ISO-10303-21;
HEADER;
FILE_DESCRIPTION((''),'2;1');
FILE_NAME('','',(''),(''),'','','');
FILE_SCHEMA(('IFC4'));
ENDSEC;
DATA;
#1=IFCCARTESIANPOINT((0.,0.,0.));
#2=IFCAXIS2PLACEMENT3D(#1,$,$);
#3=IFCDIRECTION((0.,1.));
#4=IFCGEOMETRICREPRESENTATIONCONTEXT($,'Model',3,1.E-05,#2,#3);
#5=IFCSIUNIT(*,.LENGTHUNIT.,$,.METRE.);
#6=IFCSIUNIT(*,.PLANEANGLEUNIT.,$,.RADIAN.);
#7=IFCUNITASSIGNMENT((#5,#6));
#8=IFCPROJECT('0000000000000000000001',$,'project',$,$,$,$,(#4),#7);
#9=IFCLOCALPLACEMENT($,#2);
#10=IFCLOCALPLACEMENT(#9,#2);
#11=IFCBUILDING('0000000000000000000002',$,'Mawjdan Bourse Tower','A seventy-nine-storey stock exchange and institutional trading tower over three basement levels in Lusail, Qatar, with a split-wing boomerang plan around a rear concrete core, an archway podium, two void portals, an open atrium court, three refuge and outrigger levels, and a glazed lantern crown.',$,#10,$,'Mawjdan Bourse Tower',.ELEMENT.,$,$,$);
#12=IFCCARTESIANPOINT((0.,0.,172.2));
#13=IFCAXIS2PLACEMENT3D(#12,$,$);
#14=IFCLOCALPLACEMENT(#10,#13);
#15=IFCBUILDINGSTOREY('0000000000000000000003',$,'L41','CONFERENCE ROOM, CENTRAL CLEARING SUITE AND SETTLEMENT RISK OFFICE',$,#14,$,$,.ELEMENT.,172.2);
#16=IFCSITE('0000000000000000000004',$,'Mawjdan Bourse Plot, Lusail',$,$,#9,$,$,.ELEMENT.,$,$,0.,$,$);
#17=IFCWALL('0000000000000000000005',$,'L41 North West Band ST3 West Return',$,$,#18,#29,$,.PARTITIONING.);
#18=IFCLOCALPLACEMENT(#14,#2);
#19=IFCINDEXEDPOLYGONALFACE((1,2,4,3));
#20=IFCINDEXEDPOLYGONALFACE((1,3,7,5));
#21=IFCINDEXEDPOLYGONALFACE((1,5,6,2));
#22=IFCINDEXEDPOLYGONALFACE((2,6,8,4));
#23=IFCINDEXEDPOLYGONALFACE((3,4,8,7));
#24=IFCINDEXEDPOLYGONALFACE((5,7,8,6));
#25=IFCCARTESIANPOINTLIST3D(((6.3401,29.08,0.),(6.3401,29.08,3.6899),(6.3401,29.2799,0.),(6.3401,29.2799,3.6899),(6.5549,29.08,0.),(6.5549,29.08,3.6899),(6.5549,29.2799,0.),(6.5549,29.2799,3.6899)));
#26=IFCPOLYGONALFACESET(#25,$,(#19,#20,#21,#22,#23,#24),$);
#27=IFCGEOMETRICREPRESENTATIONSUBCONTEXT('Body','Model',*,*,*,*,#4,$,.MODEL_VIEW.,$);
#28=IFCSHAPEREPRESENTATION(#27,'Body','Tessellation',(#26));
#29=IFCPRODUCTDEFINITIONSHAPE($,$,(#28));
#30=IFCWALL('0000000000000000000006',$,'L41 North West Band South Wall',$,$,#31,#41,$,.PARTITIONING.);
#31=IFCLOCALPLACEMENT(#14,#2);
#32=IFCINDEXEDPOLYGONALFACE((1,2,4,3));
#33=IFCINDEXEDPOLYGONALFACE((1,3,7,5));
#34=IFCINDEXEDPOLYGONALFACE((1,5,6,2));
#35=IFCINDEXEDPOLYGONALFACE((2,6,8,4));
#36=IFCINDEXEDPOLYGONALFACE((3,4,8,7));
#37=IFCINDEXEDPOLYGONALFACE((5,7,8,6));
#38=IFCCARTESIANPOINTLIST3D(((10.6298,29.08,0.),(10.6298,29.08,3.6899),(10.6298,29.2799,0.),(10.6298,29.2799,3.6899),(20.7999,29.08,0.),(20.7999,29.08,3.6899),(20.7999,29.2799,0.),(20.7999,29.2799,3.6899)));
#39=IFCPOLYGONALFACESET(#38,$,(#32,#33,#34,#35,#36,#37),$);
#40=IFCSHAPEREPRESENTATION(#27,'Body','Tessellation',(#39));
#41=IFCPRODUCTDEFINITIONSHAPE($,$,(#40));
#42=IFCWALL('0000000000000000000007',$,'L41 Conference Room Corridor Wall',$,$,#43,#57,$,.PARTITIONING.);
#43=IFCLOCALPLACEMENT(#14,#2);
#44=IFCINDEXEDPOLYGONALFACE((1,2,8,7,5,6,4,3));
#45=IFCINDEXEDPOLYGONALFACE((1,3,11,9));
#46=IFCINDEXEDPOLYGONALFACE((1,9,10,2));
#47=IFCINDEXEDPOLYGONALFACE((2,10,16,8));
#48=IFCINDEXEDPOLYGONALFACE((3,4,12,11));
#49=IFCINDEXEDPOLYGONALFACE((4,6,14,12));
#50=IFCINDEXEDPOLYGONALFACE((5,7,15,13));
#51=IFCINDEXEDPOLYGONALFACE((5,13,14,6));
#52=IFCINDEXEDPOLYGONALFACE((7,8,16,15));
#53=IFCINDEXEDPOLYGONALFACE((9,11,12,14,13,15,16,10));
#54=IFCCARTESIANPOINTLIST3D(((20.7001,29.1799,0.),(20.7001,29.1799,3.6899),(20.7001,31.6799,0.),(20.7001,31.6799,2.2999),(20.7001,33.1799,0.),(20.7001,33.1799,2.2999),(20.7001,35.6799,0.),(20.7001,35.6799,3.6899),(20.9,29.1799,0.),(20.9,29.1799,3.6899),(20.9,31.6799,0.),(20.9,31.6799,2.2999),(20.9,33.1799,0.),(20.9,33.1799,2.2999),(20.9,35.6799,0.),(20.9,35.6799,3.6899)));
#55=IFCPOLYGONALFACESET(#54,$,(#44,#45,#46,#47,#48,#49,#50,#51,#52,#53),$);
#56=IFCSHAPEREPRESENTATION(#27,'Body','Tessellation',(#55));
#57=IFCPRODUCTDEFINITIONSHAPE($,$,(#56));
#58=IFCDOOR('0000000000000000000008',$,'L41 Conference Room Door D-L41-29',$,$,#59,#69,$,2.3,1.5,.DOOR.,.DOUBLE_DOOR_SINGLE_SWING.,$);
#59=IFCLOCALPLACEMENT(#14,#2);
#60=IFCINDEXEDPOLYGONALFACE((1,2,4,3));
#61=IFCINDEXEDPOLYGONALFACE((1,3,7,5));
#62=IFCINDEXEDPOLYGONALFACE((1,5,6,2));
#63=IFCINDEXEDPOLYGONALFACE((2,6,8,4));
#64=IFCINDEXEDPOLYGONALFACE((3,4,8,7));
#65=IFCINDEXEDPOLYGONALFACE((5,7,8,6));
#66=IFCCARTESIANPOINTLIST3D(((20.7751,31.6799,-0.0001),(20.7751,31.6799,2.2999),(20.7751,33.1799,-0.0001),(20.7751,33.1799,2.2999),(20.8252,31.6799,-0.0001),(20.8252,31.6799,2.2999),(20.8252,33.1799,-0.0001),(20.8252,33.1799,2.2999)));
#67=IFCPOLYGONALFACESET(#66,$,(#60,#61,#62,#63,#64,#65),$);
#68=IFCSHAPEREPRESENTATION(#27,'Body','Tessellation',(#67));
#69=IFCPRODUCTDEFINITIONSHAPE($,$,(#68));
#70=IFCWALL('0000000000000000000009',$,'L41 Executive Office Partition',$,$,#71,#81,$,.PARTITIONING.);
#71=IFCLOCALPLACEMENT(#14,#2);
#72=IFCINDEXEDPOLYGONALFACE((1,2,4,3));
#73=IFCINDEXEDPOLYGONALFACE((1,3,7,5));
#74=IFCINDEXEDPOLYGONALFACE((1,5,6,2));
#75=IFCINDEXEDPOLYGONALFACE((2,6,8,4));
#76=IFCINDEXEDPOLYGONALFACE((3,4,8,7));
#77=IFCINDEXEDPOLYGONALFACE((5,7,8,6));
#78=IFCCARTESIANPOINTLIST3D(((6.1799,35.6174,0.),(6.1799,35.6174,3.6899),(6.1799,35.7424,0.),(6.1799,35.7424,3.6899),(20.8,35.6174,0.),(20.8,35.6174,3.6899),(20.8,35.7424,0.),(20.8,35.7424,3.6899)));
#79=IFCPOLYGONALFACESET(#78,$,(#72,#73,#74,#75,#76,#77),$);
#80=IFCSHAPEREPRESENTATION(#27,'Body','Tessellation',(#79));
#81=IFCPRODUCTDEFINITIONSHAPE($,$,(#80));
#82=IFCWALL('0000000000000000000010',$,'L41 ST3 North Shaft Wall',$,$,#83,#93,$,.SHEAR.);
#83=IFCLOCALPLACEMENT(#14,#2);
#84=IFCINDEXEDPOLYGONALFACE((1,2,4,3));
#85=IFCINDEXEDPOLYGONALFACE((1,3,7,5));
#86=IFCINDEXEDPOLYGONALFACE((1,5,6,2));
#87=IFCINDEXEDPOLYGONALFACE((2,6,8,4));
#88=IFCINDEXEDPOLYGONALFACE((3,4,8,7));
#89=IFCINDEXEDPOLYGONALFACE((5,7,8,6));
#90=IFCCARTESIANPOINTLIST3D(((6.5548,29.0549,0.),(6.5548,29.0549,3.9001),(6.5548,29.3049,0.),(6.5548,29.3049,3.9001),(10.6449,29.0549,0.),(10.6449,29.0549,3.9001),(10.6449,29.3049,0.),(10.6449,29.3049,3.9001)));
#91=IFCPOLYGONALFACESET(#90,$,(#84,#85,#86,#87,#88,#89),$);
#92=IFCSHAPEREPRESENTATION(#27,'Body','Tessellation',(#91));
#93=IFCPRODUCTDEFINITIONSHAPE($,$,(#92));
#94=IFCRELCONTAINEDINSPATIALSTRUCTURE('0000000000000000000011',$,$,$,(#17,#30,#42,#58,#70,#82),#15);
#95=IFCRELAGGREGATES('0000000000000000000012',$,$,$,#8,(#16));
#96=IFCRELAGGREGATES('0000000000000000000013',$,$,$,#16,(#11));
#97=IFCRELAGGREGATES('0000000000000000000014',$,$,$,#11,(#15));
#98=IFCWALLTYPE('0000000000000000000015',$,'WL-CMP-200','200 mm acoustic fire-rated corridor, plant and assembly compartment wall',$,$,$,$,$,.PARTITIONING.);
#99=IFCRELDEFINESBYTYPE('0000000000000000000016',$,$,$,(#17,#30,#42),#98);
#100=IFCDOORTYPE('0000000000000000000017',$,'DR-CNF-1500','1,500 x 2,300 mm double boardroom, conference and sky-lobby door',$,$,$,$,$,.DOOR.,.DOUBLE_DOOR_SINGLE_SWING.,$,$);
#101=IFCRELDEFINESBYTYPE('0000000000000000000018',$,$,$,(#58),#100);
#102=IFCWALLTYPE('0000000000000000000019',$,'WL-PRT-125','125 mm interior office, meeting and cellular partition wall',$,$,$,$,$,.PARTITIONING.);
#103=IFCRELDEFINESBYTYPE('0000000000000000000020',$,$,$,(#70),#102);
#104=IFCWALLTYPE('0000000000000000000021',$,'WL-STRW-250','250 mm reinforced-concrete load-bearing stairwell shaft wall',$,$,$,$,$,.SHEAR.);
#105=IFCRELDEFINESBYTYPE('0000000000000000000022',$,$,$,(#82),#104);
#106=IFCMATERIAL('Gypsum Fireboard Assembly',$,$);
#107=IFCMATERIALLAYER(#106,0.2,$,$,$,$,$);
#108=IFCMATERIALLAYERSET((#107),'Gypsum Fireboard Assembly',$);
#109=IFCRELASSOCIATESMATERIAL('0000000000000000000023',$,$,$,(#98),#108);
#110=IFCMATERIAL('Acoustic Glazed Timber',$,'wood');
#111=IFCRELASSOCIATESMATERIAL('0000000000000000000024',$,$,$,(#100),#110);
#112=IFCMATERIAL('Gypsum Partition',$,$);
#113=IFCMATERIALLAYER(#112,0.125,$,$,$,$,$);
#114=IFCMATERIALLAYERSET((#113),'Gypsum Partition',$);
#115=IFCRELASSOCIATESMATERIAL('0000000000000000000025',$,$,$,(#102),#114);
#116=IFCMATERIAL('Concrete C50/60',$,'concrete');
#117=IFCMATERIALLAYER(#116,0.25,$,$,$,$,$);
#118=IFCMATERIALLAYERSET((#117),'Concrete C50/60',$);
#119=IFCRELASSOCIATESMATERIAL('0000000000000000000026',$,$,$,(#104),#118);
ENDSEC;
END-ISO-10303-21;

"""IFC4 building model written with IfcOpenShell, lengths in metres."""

from ifc_helpers import new_model, si_unit, direction, frame, frame_2d, origin, place, context, subcontext, project, spatial, rectangle, extrude, material, layer, layer_set, type_object, element, fill, save


model = new_model("IFC4")

# Units and contexts
model_context = context("Model", 3, precision=1e-05, world=origin(), true_north=direction((0.0, 1.0)))
body_context = subcontext(model_context, "Body", "Model", "MODEL_VIEW")
ifc_project = project(units=[si_unit("LENGTHUNIT", "METRE"), si_unit("PLANEANGLEUNIT", "RADIAN")], contexts=[model_context])

# Site, building, storey
site_placement = place(None, origin())
site = spatial("IfcSite", under=ifc_project, at=site_placement, Name="Mawjdan Bourse Plot, Lusail", CompositionType="ELEMENT", RefElevation=0.0)
building_placement = place(site_placement, origin())
building = spatial("IfcBuilding", under=site, at=building_placement, Name="Mawjdan Bourse Tower", Description="A seventy-nine-storey stock exchange and institutional trading tower over three basement levels in Lusail, Qatar, with a split-wing boomerang plan around a rear concrete core, an archway podium, two void portals, an open atrium court, three refuge and outrigger levels, and a glazed lantern crown.", LongName="Mawjdan Bourse Tower", CompositionType="ELEMENT")
storey_placement = place(building_placement, frame((0.0, 0.0, 172.2)))
storey = spatial("IfcBuildingStorey", under=building, at=storey_placement, Name="L41", Description="CONFERENCE ROOM, CENTRAL CLEARING SUITE AND SETTLEMENT RISK OFFICE", CompositionType="ELEMENT", Elevation=172.2)

# Walls
ifc_material_1 = material(Name="Gypsum Fireboard Assembly")
ifc_layer_1 = layer(ifc_material_1, 0.2)
ifc_layer_set_1 = layer_set([ifc_layer_1], Name="Gypsum Fireboard Assembly")
wall_type_1 = type_object("IfcWallType", Name="WL-CMP-200", Description="200 mm acoustic fire-rated corridor, plant and assembly compartment wall", PredefinedType="PARTITIONING", material=ifc_layer_set_1)
wall_1_placement = place(storey_placement, frame((6.3401, 29.1799, 0.0), z_axis=(0.0, 0.0, 1.0), x_axis=(1.0, 0.0, 0.0)))
element("IfcWall", 1, at=wall_1_placement, inside=storey, type_object=wall_type_1, Name="L41 North West Band ST3 West Return", PredefinedType="PARTITIONING", context=body_context, shape_type="SweptSolid", body=[
    extrude(rectangle(XDim=0.2148, YDim=0.2, at=frame_2d((0.1074, 0.0))), origin(), (0.0, 0.0, 1.0), 3.6899),
])
wall_2_placement = place(storey_placement, frame((10.6299, 29.1799, 0.0), z_axis=(0.0, 0.0, 1.0), x_axis=(1.0, 0.0, 0.0)))
element("IfcWall", 2, at=wall_2_placement, inside=storey, type_object=wall_type_1, Name="L41 North West Band South Wall", PredefinedType="PARTITIONING", context=body_context, shape_type="SweptSolid", body=[
    extrude(rectangle(XDim=10.1702, YDim=0.2, at=frame_2d((5.085, 0.0))), origin(), (0.0, 0.0, 1.0), 3.6899),
])

# Wall, opening, door
wall_3_placement = place(storey_placement, frame((20.8, 29.1799, 0.0), z_axis=(0.0, 0.0, 1.0), x_axis=(0.0, 1.0, 0.0)))
wall_3 = element("IfcWall", 3, at=wall_3_placement, inside=storey, type_object=wall_type_1, Name="L41 Conference Room Corridor Wall", PredefinedType="PARTITIONING", context=body_context, shape_type="SweptSolid", body=[
    extrude(rectangle(XDim=6.5, YDim=0.2, at=frame_2d((3.25, 0.0))), origin(), (0.0, 0.0, 1.0), 3.6899),
])
opening_1_placement = place(wall_3_placement, frame((2.5, 0.0, 0.0)))
opening_1 = element("IfcOpeningElement", 4, at=opening_1_placement, cuts=wall_3, PredefinedType="OPENING", context=body_context, shape_type="SweptSolid", body=[
    extrude(rectangle(XDim=1.5, YDim=2.3, at=frame_2d((0.75, 1.1499))), frame((0.0, 0.1099, 0.0), z_axis=(0.0, -1.0, 0.0), x_axis=(1.0, 0.0, 0.0)), (0.0, 0.0, 1.0), 0.22),
])
ifc_material_2 = material(Name="Acoustic Glazed Timber", Category="wood")
door_type_1 = type_object("IfcDoorType", Name="DR-CNF-1500", Description="1,500 x 2,300 mm double boardroom, conference and sky-lobby door", OperationType="DOUBLE_DOOR_SINGLE_SWING", PredefinedType="DOOR", material=ifc_material_2)
door_1_placement = place(opening_1_placement, origin())
door_1 = element("IfcDoor", 5, at=door_1_placement, inside=storey, type_object=door_type_1, Name="L41 Conference Room Door D-L41-29", OperationType="DOUBLE_DOOR_SINGLE_SWING", OverallHeight=2.3, OverallWidth=1.5, PredefinedType="DOOR", context=body_context, shape_type="SweptSolid", body=[
    extrude(rectangle(XDim=1.5, YDim=2.3, at=frame_2d((0.75, 1.1499))), frame((0.0, 0.0249, 0.0), z_axis=(0.0, -1.0, 0.0), x_axis=(1.0, 0.0, 0.0)), (0.0, 0.0, 1.0), 0.05),
])
fill(opening_1, door_1)

# Walls
ifc_material_3 = material(Name="Gypsum Partition")
ifc_layer_2 = layer(ifc_material_3, 0.125)
ifc_layer_set_2 = layer_set([ifc_layer_2], Name="Gypsum Partition")
wall_type_2 = type_object("IfcWallType", Name="WL-PRT-125", Description="125 mm interior office, meeting and cellular partition wall", PredefinedType="PARTITIONING", material=ifc_layer_set_2)
wall_4_placement = place(storey_placement, frame((6.1799, 35.6799, 0.0), z_axis=(0.0, 0.0, 1.0), x_axis=(1.0, 0.0, 0.0)))
element("IfcWall", 6, at=wall_4_placement, inside=storey, type_object=wall_type_2, Name="L41 Executive Office Partition", PredefinedType="PARTITIONING", context=body_context, shape_type="SweptSolid", body=[
    extrude(rectangle(XDim=14.6201, YDim=0.125, at=frame_2d((7.3101, 0.0))), origin(), (0.0, 0.0, 1.0), 3.6899),
])
ifc_material_4 = material(Name="Concrete C50/60", Category="concrete")
ifc_layer_3 = layer(ifc_material_4, 0.25)
ifc_layer_set_3 = layer_set([ifc_layer_3], Name="Concrete C50/60")
wall_type_3 = type_object("IfcWallType", Name="WL-STRW-250", Description="250 mm reinforced-concrete load-bearing stairwell shaft wall", PredefinedType="SHEAR", material=ifc_layer_set_3)
wall_5_placement = place(storey_placement, frame((6.5549, 29.1799, 0.0), z_axis=(0.0, 0.0, 1.0), x_axis=(1.0, 0.0, 0.0)))
element("IfcWall", 7, at=wall_5_placement, inside=storey, type_object=wall_type_3, Name="L41 ST3 North Shaft Wall", PredefinedType="SHEAR", context=body_context, shape_type="SweptSolid", body=[
    extrude(rectangle(XDim=4.0901, YDim=0.25, at=frame_2d((2.0449, 0.0))), origin(), (0.0, 0.0, 1.0), 3.9001),
])

save(model, "model.ifc")
